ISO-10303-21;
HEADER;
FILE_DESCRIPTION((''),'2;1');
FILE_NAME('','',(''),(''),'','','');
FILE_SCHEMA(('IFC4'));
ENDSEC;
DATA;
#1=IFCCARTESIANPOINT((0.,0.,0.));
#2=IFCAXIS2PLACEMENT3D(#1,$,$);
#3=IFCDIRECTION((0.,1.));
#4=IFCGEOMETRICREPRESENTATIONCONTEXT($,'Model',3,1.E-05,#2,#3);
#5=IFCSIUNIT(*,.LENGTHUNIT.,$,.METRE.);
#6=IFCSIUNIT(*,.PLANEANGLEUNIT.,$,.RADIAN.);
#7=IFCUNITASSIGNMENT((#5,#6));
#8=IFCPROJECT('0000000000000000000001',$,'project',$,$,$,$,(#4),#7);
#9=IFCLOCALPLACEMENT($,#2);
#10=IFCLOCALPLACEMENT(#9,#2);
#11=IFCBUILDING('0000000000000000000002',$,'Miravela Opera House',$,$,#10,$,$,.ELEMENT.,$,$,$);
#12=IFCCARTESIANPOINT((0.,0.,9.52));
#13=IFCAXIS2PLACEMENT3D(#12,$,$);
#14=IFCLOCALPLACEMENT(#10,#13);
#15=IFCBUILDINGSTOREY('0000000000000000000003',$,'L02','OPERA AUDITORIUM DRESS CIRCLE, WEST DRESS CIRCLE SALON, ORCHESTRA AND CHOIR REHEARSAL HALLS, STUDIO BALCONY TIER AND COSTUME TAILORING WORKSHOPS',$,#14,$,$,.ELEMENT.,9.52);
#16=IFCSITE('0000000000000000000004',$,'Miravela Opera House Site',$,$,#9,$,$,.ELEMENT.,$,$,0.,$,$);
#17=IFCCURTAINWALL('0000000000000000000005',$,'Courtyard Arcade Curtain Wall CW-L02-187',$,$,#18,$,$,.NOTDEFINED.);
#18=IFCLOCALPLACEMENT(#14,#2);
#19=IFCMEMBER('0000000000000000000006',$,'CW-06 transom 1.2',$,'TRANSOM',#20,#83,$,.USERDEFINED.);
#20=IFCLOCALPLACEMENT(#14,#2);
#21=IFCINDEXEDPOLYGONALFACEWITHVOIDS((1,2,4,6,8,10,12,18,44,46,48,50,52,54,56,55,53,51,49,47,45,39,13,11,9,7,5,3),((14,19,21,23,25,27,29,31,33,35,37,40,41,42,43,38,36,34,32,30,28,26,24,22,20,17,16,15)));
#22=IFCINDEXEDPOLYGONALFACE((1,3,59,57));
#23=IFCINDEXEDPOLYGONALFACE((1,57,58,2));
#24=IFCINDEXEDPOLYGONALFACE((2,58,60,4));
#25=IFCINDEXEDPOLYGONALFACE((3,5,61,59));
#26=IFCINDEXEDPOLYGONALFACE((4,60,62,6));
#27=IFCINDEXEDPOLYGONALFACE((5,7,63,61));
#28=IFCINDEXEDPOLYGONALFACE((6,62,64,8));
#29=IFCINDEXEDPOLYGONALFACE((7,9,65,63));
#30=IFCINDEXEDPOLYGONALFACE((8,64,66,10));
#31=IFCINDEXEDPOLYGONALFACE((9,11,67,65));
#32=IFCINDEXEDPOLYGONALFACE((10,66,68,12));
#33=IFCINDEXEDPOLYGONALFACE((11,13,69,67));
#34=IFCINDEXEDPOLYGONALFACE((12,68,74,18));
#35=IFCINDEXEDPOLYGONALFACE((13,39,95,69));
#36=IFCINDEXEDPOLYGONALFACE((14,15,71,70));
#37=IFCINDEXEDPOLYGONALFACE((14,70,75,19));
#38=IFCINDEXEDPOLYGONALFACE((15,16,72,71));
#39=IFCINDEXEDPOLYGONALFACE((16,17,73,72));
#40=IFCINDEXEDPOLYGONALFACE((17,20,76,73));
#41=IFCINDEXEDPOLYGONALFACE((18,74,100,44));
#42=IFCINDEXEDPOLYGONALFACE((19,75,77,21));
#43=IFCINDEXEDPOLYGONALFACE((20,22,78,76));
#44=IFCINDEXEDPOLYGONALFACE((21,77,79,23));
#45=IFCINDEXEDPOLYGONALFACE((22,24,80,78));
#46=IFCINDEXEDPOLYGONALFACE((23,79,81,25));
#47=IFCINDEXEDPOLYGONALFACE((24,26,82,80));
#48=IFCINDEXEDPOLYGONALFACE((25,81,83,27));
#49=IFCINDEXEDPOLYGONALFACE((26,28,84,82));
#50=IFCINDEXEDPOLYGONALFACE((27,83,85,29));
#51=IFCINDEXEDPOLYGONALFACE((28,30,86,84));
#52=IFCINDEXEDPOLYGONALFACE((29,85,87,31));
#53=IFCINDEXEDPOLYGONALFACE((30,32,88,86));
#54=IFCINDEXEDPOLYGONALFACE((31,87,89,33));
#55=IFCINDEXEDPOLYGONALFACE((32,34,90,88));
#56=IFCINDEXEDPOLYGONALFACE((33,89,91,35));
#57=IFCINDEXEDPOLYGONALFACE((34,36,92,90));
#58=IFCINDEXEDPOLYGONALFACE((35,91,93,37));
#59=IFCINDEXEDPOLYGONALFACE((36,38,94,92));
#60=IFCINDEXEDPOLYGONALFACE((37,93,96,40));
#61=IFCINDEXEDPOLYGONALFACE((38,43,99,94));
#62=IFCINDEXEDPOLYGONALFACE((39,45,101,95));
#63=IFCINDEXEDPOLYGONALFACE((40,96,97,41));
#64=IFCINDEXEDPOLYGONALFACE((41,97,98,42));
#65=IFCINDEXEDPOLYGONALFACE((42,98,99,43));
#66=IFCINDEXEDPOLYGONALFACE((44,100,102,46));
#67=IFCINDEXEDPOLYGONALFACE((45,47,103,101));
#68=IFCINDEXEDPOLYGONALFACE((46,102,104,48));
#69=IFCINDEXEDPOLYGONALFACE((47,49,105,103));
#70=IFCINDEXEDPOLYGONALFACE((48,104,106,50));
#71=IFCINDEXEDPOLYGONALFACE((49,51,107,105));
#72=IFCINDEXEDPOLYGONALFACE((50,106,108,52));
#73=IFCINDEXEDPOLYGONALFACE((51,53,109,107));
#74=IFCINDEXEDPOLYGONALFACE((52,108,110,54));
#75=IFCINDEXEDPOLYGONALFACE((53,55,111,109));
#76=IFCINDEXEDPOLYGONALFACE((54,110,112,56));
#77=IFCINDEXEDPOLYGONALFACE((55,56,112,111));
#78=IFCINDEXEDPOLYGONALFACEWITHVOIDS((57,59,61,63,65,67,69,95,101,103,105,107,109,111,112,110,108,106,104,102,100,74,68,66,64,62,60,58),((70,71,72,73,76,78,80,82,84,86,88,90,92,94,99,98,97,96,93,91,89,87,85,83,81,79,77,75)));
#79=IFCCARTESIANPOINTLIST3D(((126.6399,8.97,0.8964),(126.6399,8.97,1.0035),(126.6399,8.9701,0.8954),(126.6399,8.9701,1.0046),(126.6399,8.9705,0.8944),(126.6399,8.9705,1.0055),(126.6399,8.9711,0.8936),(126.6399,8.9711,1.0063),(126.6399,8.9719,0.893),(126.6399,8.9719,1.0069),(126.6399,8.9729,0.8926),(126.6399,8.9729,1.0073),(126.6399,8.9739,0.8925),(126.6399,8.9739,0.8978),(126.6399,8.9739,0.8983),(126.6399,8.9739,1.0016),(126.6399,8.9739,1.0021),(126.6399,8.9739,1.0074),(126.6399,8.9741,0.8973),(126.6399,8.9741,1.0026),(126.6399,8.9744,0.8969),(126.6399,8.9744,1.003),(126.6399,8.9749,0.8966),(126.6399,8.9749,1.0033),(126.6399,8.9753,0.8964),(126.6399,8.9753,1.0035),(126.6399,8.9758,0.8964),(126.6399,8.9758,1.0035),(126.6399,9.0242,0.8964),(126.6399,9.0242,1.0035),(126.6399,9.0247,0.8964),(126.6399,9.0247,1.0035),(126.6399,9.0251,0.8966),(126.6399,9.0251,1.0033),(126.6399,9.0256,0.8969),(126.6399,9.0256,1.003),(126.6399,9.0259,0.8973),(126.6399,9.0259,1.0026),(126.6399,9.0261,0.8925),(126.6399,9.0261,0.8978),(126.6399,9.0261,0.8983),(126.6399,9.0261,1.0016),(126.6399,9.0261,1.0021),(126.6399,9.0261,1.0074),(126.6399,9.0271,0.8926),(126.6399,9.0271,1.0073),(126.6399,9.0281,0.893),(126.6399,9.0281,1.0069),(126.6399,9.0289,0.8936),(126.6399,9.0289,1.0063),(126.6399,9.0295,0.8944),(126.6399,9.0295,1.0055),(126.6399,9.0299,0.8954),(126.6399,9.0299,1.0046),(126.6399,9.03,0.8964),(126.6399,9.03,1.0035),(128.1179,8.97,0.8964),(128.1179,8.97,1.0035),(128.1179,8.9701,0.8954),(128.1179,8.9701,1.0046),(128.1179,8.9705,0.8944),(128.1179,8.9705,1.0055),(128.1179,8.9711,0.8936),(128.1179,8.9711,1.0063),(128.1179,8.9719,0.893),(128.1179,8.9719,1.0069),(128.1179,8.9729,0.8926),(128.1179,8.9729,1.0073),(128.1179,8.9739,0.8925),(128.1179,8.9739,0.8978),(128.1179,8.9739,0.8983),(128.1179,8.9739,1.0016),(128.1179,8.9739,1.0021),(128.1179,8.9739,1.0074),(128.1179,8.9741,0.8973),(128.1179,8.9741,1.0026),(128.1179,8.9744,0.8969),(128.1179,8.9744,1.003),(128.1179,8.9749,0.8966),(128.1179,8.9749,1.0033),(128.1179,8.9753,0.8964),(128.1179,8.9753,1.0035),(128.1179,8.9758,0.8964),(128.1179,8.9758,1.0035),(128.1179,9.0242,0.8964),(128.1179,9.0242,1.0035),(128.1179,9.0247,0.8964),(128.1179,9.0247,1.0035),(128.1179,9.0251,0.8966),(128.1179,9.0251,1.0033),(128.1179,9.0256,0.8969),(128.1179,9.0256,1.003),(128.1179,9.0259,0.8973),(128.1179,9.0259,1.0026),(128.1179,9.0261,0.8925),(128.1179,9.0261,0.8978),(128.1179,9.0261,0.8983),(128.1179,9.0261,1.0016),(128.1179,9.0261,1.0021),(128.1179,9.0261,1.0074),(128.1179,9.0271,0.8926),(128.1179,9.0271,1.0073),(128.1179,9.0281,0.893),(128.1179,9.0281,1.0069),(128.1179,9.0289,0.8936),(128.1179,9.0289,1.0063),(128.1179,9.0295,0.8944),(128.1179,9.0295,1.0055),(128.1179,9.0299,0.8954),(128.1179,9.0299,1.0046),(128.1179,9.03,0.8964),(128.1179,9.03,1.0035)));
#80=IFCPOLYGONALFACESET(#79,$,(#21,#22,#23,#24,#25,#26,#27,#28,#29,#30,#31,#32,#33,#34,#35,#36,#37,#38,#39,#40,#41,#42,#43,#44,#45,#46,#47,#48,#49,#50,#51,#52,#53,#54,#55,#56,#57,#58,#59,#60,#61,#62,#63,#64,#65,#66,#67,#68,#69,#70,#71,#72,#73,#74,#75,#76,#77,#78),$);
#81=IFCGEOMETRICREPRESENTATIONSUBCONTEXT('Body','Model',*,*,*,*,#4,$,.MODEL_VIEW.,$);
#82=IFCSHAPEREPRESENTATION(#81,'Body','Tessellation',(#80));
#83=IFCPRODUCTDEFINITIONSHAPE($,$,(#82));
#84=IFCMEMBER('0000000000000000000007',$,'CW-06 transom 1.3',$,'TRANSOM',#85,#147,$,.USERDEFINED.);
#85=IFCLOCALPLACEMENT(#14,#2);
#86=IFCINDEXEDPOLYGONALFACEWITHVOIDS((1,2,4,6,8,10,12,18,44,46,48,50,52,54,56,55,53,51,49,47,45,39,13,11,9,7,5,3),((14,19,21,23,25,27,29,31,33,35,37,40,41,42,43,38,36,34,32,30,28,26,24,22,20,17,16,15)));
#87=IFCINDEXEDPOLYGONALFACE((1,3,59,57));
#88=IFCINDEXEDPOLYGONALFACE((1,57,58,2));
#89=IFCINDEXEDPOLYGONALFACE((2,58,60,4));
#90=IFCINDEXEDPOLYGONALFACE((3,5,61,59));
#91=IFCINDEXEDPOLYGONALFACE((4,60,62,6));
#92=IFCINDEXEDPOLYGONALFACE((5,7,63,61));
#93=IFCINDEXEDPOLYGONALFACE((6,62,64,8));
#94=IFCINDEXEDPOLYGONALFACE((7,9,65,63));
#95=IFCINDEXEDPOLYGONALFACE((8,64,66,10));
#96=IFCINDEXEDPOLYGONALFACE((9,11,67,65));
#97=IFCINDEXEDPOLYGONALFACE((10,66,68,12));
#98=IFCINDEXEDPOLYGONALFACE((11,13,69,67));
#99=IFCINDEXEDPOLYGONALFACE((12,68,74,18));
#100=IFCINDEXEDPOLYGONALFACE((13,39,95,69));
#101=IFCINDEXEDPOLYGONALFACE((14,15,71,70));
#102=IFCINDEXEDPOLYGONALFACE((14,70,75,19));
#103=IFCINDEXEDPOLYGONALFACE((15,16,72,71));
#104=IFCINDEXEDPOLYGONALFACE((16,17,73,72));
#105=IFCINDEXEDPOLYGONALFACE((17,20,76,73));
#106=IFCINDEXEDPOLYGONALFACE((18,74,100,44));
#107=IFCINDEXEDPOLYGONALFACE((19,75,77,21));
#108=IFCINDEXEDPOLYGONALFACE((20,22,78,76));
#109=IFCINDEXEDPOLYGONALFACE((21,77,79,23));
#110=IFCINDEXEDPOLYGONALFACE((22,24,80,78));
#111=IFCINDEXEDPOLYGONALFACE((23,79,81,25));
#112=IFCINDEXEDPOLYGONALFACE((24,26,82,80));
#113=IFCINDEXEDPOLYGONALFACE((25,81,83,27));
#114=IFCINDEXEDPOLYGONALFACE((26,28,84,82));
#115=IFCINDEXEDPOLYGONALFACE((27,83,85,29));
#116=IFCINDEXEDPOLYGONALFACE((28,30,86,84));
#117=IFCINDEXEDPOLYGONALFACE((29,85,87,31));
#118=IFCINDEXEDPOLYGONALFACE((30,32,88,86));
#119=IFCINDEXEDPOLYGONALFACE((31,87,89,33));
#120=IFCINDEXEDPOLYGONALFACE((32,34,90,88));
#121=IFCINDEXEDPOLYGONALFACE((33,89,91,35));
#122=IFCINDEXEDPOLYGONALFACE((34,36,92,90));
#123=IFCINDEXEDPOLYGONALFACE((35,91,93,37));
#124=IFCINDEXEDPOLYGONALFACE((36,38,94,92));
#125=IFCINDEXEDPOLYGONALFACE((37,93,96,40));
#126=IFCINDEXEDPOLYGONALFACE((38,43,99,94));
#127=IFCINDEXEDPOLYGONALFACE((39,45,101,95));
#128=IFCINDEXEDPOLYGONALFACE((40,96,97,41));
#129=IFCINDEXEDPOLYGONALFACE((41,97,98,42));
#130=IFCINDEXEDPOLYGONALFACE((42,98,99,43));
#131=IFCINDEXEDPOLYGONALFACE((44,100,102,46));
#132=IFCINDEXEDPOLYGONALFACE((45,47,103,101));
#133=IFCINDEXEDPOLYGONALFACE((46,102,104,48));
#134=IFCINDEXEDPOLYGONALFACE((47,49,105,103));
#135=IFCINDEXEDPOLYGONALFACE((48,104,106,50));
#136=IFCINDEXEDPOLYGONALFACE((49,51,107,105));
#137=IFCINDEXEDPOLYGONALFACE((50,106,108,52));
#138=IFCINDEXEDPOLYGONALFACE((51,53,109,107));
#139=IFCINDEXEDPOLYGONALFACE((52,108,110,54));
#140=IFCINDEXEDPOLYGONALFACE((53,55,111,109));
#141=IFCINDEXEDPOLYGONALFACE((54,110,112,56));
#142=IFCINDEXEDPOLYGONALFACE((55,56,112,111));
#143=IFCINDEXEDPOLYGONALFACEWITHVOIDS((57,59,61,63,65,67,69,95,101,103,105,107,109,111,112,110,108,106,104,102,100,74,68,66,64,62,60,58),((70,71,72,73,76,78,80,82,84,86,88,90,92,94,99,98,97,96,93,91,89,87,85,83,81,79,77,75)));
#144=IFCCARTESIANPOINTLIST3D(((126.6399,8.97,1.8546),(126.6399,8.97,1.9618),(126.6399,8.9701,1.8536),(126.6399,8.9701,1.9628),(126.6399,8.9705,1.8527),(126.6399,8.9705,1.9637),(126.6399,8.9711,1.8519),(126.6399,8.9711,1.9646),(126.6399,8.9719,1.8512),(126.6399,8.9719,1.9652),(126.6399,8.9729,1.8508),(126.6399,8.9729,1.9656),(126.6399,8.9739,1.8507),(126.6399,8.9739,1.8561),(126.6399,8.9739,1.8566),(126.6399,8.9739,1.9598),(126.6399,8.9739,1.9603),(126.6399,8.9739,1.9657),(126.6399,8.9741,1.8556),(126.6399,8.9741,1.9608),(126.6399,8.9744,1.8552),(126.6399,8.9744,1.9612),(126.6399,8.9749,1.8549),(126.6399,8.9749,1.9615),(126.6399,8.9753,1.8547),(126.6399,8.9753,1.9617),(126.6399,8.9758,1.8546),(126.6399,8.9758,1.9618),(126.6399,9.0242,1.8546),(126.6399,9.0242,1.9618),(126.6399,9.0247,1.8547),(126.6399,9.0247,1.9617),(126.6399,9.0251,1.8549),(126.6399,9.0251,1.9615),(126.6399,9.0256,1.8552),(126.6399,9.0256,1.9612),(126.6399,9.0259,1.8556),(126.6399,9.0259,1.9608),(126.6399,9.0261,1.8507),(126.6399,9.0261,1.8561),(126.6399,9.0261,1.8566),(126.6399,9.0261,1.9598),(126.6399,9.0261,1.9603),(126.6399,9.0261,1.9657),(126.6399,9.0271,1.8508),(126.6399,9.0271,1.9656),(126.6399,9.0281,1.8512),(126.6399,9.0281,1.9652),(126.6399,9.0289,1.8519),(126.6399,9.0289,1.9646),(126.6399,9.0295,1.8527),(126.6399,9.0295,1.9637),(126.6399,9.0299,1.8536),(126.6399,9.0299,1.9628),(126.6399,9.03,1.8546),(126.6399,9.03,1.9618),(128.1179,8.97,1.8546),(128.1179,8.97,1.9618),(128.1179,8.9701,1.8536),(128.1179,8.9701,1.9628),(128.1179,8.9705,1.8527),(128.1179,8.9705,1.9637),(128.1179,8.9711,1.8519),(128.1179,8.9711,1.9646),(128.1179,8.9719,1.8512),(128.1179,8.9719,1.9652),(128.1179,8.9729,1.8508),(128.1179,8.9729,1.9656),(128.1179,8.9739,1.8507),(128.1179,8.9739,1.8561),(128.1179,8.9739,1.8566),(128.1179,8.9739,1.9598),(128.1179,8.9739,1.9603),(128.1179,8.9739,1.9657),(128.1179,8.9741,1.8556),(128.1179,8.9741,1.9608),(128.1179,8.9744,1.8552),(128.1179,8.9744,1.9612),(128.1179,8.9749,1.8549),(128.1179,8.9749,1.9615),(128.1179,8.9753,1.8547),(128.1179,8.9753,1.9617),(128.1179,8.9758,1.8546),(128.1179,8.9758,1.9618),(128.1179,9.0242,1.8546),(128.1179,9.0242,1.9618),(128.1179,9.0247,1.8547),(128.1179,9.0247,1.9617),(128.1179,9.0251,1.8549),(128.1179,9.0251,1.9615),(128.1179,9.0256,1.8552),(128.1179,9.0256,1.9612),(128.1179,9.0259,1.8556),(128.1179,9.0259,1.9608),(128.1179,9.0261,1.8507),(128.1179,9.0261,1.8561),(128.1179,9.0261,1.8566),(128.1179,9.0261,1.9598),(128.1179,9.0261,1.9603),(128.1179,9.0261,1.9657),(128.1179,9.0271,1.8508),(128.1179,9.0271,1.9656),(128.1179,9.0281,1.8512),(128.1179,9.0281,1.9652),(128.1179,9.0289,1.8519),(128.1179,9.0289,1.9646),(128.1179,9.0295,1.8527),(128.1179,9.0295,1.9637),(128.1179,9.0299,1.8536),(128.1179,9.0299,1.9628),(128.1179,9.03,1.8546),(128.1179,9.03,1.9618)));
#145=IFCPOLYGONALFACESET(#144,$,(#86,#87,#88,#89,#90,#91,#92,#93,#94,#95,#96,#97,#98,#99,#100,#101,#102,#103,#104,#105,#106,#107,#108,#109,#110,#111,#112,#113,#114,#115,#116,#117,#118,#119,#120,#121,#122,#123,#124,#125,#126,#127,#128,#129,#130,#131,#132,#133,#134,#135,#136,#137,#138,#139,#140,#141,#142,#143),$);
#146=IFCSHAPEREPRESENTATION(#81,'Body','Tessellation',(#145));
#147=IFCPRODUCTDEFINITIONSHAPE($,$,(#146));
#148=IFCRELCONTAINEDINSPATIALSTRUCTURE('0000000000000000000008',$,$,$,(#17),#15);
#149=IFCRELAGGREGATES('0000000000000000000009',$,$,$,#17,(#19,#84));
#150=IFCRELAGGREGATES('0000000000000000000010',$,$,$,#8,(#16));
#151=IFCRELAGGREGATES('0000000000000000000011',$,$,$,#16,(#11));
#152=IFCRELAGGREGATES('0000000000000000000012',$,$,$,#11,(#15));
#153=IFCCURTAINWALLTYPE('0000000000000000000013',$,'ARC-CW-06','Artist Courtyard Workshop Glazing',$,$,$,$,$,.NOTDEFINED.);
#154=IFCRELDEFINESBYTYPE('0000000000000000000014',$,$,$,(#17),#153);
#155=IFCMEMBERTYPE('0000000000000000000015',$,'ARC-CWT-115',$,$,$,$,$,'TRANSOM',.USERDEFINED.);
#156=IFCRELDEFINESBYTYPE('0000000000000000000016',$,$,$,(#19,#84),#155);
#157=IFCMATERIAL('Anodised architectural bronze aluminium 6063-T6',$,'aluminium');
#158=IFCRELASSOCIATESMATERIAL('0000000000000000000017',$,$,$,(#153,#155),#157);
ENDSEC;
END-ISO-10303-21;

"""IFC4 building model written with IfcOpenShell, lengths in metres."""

from ifc_helpers import new_model, si_unit, direction, frame, origin, origin_2d, place, context, subcontext, project, spatial, hollow_rectangle, extrude, material, material_profile, profile_set, type_object, element, aggregate, save


model = new_model("IFC4")

# Units and contexts
model_context = context("Model", 3, precision=1e-05, world=origin(), true_north=direction((0.0, 1.0)))
body_context = subcontext(model_context, "Body", "Model", "MODEL_VIEW")
ifc_project = project(units=[si_unit("LENGTHUNIT", "METRE"), si_unit("PLANEANGLEUNIT", "RADIAN")], contexts=[model_context])

# Site, building, storey
site_placement = place(None, origin())
site = spatial("IfcSite", under=ifc_project, at=site_placement, Name="Miravela Opera House Site", CompositionType="ELEMENT", RefElevation=0.0)
building_placement = place(site_placement, origin())
building = spatial("IfcBuilding", under=site, at=building_placement, Name="Miravela Opera House", CompositionType="ELEMENT")
storey_placement = place(building_placement, frame((0.0, 0.0, 9.52)))
storey = spatial("IfcBuildingStorey", under=building, at=storey_placement, Name="L02", Description="OPERA AUDITORIUM DRESS CIRCLE, WEST DRESS CIRCLE SALON, ORCHESTRA AND CHOIR REHEARSAL HALLS, STUDIO BALCONY TIER AND COSTUME TAILORING WORKSHOPS", CompositionType="ELEMENT", Elevation=9.52)

# Shared definitions
ifc_material_1 = material(Name="Anodised architectural bronze aluminium 6063-T6", Category="aluminium")
curtain_wall_type = type_object("IfcCurtainWallType", Name="ARC-CW-06", Description="Artist Courtyard Workshop Glazing", PredefinedType="NOTDEFINED", material=ifc_material_1)

# Curtain wall
curtain_wall_1_placement = place(storey_placement, origin())
curtain_wall_1 = element("IfcCurtainWall", 1, at=curtain_wall_1_placement, inside=storey, type_object=curtain_wall_type, Name="Courtyard Arcade Curtain Wall CW-L02-187", PredefinedType="NOTDEFINED")

# Members
ifc_material_profile_1 = material_profile(ifc_material_1, hollow_rectangle(XDim=0.0601, YDim=0.115, WallThickness=0.0039, InnerFilletRadius=0.002, OuterFilletRadius=0.0039, at=origin_2d()), Name="CWT-60X115")
ifc_profile_set_1 = profile_set([ifc_material_profile_1])
member_type_1 = type_object("IfcMemberType", Name="ARC-CWT-115", ElementType="TRANSOM", PredefinedType="USERDEFINED", material=ifc_profile_set_1)
member_1_placement = place(storey_placement, frame((126.6399, 9.0, 0.95), z_axis=(1.0, 0.0, 0.0), x_axis=(0.0, 1.0, 0.0)))
member_1 = element("IfcMember", 2, at=member_1_placement, type_object=member_type_1, Name="CW-06 transom 1.2", ObjectType="TRANSOM", PredefinedType="USERDEFINED", context=body_context, shape_type="SweptSolid", body=[
    extrude(hollow_rectangle(XDim=0.0601, YDim=0.115, WallThickness=0.0039, InnerFilletRadius=0.002, OuterFilletRadius=0.0039, at=origin_2d()), origin(), (0.0, 0.0, 1.0), 1.478),
])
member_2_placement = place(storey_placement, frame((126.6399, 9.0, 1.9082), z_axis=(1.0, 0.0, 0.0), x_axis=(0.0, 1.0, 0.0)))
member_2 = element("IfcMember", 3, at=member_2_placement, type_object=member_type_1, Name="CW-06 transom 1.3", ObjectType="TRANSOM", PredefinedType="USERDEFINED", context=body_context, shape_type="SweptSolid", body=[
    extrude(hollow_rectangle(XDim=0.0601, YDim=0.115, WallThickness=0.0039, InnerFilletRadius=0.002, OuterFilletRadius=0.0039, at=origin_2d()), origin(), (0.0, 0.0, 1.0), 1.478),
])

aggregate(curtain_wall_1, [member_1, member_2])

save(model, "model.ifc")
